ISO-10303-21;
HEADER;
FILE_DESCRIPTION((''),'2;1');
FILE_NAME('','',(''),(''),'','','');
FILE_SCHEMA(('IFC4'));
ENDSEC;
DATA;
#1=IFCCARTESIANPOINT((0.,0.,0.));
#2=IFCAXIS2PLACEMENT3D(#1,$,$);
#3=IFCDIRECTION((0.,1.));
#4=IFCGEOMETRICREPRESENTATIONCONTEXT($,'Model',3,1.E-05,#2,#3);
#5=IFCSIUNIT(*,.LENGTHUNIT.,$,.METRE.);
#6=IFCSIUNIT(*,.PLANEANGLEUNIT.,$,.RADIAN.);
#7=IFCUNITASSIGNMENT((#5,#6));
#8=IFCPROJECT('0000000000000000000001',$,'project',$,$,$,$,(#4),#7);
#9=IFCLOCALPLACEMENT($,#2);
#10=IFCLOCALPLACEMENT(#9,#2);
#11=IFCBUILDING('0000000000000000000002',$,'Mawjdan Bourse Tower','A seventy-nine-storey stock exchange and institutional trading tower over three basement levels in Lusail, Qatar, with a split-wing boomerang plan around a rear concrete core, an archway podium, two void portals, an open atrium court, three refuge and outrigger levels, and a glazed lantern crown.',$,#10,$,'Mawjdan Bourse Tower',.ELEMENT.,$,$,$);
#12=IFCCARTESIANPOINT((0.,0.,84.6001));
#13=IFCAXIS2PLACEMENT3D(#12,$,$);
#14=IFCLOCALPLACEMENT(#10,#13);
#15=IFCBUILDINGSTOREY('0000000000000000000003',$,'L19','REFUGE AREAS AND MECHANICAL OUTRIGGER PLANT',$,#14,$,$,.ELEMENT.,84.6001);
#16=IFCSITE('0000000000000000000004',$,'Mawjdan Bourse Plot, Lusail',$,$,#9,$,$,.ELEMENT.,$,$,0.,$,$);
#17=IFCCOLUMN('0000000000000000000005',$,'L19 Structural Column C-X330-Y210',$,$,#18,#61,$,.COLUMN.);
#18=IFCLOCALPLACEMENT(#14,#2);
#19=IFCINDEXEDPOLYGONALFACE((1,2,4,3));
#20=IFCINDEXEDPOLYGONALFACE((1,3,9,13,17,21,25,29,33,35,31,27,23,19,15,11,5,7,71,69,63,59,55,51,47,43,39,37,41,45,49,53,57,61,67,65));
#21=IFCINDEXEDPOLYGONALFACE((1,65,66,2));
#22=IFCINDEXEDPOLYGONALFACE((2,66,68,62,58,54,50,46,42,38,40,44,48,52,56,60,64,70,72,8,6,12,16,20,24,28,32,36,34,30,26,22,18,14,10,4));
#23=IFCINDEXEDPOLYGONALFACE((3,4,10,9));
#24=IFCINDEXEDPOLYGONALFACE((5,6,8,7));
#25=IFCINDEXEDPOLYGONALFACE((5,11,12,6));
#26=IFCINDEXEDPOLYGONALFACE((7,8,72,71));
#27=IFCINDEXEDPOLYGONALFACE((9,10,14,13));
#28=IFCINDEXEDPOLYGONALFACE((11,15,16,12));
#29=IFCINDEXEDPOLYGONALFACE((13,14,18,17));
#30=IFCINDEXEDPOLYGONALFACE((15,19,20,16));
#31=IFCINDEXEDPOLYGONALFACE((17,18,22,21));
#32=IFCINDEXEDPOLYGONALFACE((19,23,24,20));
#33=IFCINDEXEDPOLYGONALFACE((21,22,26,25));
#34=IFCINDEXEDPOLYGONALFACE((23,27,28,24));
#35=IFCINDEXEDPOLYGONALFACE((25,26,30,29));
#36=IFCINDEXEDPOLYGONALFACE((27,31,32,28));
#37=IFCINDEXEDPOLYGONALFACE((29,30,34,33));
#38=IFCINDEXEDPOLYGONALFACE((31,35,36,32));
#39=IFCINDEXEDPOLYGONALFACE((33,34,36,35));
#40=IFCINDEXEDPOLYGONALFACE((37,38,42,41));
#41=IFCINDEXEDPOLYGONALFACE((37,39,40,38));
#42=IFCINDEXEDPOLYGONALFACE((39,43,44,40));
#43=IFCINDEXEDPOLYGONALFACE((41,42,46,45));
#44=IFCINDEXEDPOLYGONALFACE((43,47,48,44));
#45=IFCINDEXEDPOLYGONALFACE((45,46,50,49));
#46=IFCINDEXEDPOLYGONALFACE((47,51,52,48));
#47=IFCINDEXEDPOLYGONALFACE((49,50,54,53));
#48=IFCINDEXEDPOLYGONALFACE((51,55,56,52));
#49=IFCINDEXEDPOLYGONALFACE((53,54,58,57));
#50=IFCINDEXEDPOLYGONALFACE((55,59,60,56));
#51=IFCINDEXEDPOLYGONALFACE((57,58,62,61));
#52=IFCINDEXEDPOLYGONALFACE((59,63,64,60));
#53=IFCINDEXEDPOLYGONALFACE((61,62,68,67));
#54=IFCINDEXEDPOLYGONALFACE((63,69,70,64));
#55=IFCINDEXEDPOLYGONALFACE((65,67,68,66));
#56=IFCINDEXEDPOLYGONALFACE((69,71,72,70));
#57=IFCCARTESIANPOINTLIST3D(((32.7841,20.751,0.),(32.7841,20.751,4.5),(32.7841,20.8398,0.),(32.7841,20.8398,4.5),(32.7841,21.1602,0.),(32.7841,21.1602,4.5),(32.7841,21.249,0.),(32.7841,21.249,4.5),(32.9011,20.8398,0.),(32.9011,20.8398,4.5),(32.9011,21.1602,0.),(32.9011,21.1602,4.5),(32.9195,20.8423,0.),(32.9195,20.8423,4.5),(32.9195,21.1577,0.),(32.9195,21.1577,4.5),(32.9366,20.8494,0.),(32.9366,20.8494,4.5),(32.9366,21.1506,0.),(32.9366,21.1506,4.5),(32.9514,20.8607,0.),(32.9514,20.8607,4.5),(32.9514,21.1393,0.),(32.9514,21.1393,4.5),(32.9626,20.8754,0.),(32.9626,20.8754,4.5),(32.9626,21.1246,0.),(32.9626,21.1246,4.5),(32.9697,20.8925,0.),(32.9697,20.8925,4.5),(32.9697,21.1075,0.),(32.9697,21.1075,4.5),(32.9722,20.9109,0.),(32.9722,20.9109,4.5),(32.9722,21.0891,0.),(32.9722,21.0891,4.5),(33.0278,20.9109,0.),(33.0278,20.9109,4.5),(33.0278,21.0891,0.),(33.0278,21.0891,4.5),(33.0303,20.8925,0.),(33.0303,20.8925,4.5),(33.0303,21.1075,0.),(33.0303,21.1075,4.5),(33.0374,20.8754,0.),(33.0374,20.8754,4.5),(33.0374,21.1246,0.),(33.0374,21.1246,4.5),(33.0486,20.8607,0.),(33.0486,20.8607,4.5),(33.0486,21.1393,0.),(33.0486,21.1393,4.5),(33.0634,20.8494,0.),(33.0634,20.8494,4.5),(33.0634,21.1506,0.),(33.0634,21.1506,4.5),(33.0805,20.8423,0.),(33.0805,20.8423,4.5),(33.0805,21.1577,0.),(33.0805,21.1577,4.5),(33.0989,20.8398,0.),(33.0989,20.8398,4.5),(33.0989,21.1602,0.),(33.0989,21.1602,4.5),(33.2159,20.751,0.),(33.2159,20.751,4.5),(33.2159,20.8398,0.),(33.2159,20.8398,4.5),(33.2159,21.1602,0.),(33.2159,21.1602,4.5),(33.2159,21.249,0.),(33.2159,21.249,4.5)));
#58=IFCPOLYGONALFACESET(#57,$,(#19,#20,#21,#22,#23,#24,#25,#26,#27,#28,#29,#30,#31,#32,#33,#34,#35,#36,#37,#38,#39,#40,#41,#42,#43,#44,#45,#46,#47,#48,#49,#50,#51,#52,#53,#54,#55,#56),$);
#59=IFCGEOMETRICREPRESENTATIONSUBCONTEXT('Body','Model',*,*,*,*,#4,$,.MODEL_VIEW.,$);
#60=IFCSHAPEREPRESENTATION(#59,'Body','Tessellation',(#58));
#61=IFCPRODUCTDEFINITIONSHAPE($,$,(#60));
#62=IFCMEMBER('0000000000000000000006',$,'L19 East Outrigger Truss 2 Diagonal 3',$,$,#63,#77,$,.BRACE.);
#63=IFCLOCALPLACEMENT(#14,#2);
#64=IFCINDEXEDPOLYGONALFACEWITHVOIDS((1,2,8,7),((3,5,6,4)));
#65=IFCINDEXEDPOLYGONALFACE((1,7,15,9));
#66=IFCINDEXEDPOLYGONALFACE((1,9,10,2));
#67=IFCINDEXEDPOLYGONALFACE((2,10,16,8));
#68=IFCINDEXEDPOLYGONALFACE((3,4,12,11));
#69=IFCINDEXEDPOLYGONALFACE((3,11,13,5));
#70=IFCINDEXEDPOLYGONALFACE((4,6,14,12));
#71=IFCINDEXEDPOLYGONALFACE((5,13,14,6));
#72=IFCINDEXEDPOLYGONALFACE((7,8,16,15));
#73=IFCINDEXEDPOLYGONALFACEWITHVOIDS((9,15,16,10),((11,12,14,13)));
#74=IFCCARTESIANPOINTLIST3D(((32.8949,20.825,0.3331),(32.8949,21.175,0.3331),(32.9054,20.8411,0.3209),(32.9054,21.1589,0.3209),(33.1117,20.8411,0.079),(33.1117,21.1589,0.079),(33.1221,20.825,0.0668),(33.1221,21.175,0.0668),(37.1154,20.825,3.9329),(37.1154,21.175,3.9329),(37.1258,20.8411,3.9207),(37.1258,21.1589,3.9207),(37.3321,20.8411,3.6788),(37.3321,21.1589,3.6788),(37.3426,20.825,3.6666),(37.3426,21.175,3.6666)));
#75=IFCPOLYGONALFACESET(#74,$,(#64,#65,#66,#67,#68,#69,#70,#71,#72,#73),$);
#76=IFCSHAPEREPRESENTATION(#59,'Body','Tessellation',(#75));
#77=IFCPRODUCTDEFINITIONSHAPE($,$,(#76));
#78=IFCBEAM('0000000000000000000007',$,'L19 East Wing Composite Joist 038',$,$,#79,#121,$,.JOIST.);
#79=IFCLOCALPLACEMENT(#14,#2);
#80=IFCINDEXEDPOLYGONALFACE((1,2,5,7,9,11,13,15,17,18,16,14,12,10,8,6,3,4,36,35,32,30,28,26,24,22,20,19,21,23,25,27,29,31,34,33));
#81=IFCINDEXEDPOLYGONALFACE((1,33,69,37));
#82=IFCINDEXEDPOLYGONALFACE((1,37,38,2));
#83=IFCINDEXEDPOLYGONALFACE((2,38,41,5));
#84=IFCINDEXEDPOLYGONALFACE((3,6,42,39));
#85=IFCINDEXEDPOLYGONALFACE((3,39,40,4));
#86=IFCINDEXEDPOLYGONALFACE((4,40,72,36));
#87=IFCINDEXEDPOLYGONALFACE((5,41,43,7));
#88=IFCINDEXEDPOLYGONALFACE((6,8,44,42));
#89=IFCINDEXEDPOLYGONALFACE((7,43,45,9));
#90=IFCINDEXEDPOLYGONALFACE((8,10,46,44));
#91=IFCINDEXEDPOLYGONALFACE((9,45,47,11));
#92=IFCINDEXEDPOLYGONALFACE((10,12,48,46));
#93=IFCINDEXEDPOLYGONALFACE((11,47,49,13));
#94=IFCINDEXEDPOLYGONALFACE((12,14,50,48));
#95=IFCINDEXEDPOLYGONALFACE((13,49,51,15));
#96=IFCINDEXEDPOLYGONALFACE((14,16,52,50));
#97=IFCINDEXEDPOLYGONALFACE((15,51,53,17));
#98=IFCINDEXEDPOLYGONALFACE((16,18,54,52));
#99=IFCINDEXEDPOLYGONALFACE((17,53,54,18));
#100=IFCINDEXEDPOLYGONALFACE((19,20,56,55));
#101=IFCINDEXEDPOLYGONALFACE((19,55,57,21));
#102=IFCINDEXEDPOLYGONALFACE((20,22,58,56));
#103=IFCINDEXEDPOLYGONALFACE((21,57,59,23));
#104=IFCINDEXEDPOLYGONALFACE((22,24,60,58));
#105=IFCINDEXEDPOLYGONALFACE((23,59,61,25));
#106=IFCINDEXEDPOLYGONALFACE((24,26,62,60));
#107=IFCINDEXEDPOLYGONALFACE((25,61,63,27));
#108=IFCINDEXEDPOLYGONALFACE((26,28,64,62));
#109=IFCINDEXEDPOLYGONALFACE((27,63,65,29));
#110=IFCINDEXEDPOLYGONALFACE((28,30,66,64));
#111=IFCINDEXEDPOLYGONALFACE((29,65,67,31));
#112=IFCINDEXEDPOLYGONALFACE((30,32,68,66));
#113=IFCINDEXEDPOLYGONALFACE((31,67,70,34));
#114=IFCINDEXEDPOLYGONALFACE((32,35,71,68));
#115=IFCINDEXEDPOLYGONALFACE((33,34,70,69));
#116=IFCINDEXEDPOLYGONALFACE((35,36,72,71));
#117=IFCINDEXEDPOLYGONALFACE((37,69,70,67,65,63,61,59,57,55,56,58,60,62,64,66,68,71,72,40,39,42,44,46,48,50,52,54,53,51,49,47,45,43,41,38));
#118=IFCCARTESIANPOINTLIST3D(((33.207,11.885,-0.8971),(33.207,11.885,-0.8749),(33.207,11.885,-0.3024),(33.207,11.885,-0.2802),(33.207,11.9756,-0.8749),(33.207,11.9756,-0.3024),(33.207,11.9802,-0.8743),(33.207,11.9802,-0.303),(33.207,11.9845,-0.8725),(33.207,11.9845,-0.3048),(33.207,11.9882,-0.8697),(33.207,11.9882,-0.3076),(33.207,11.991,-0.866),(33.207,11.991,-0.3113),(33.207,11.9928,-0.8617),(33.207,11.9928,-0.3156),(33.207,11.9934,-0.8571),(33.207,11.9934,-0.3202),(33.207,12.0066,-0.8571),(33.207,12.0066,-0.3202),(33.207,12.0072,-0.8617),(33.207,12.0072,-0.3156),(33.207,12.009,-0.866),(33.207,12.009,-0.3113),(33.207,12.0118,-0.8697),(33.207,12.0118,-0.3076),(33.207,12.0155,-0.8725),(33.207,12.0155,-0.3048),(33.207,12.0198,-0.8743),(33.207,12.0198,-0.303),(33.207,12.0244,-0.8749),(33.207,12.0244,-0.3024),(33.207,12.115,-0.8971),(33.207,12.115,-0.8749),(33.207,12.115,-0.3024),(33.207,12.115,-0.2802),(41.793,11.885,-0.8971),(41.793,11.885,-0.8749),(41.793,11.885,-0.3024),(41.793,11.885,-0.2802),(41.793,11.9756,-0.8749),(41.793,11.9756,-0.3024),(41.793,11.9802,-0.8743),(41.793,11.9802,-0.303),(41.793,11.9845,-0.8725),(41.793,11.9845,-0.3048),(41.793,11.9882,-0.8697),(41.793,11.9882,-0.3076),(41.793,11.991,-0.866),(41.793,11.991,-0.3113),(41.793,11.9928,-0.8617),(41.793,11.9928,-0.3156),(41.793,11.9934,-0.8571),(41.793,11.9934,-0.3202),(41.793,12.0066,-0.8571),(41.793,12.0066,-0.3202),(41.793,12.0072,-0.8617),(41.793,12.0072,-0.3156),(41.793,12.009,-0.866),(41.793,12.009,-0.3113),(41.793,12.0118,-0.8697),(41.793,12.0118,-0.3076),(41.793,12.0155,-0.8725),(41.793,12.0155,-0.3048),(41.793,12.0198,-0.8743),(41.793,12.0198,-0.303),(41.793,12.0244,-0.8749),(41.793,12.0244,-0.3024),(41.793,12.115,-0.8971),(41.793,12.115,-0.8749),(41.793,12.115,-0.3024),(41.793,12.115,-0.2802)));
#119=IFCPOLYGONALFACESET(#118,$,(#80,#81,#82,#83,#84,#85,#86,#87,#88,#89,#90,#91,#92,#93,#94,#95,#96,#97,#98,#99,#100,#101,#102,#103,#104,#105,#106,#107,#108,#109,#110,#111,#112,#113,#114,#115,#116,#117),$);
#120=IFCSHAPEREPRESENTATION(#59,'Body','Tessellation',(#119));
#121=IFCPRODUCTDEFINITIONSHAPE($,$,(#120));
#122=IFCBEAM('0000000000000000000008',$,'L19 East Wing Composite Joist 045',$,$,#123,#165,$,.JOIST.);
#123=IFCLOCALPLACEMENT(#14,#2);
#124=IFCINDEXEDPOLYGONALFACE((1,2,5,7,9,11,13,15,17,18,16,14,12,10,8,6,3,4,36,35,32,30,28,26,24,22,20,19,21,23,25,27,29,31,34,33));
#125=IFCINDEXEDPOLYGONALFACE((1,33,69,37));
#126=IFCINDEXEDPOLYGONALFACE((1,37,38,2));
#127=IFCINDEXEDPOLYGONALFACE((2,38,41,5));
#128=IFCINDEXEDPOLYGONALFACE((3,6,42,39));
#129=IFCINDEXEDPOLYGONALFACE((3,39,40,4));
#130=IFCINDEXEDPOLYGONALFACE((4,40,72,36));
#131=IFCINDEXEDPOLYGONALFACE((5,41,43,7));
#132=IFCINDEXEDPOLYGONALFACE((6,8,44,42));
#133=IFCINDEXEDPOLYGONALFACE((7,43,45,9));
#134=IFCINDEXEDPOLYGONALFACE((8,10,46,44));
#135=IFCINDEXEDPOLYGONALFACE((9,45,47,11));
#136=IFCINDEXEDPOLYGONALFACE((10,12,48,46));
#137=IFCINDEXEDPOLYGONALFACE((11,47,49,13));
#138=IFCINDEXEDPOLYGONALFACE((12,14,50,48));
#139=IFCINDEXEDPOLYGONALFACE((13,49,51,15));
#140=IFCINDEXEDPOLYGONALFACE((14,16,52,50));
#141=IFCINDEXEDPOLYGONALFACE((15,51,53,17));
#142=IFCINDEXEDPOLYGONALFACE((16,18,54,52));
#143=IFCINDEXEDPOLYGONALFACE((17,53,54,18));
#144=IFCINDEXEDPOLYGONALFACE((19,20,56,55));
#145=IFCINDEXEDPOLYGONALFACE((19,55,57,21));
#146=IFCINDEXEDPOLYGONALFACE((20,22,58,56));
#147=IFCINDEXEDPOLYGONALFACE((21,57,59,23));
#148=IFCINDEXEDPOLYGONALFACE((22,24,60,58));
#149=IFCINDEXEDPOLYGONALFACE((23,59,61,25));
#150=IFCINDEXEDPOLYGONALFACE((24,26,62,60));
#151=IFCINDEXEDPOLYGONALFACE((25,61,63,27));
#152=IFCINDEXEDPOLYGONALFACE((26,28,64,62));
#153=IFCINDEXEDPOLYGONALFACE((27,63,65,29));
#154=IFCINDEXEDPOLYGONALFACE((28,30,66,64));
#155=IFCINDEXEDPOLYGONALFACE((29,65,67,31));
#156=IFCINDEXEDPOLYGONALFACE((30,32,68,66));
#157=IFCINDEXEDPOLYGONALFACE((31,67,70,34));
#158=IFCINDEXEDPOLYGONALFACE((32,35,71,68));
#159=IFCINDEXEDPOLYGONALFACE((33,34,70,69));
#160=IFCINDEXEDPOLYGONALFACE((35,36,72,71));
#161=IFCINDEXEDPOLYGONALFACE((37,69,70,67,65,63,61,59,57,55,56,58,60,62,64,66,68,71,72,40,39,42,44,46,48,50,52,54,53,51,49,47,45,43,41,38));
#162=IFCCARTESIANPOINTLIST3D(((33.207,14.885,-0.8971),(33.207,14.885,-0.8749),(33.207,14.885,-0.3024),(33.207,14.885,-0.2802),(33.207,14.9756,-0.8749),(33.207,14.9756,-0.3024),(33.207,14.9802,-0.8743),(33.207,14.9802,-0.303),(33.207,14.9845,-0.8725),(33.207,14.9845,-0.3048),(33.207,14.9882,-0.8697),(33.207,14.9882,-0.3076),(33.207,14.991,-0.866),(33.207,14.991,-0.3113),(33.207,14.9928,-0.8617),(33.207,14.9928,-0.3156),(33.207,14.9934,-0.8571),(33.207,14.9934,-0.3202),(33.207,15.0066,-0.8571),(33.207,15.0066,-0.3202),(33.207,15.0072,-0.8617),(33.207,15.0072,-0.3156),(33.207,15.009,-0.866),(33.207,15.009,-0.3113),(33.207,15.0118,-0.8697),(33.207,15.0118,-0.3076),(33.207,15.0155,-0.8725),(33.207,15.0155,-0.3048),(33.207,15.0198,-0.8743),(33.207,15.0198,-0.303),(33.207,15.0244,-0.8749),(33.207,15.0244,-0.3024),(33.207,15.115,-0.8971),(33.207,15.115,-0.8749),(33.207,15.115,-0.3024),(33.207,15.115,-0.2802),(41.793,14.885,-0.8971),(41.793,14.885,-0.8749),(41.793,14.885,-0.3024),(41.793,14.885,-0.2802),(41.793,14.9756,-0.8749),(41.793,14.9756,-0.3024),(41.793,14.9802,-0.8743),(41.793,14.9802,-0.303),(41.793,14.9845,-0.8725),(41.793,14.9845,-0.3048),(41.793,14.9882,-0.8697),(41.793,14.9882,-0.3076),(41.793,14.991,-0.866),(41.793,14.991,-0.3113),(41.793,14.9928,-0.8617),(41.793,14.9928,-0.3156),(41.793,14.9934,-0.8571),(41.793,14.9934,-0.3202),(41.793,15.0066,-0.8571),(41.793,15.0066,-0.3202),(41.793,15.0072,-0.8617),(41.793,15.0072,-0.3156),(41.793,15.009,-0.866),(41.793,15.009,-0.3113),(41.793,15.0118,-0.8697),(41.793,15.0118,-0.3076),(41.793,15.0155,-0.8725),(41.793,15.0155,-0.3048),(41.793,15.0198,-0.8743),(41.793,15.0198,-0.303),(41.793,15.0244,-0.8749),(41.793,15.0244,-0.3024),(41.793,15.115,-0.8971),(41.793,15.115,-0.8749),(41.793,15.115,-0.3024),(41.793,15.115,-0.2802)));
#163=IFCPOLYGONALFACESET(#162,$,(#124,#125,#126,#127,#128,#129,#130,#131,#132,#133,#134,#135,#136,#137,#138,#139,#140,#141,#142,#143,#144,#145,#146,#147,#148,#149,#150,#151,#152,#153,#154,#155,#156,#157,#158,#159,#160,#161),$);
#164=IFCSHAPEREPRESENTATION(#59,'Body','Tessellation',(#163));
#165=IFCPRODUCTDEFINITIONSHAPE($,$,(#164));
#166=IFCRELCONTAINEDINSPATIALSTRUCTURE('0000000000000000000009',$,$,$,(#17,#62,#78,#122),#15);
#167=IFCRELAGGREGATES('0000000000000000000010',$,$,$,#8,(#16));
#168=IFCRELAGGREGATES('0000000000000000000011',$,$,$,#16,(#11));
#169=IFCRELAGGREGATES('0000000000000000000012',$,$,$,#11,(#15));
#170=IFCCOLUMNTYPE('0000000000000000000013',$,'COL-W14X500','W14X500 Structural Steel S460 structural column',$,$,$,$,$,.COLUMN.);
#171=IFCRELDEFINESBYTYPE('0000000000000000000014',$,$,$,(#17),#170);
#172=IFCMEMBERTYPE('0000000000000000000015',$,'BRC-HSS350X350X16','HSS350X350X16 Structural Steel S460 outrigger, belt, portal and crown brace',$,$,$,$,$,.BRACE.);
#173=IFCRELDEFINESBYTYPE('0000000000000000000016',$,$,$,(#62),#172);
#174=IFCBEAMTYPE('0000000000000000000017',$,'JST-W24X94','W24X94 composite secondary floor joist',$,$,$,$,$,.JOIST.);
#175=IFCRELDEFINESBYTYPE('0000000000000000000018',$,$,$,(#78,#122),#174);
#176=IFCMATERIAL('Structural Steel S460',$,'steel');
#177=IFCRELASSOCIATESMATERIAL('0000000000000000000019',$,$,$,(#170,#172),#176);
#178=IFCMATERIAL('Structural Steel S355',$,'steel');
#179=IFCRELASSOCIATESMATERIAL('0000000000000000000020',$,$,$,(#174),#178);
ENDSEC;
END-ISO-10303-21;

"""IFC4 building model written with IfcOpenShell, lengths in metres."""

from ifc_helpers import new_model, si_unit, direction, frame, origin, origin_2d, place, context, subcontext, project, spatial, hollow_rectangle, i_section, extrude, material, material_profile, profile_set, type_object, element, save


model = new_model("IFC4")

# Units and contexts
model_context = context("Model", 3, precision=1e-05, world=origin(), true_north=direction((0.0, 1.0)))
body_context = subcontext(model_context, "Body", "Model", "MODEL_VIEW")
ifc_project = project(units=[si_unit("LENGTHUNIT", "METRE"), si_unit("PLANEANGLEUNIT", "RADIAN")], contexts=[model_context])

# Site, building, storey
site_placement = place(None, origin())
site = spatial("IfcSite", under=ifc_project, at=site_placement, Name="Mawjdan Bourse Plot, Lusail", CompositionType="ELEMENT", RefElevation=0.0)
building_placement = place(site_placement, origin())
building = spatial("IfcBuilding", under=site, at=building_placement, Name="Mawjdan Bourse Tower", Description="A seventy-nine-storey stock exchange and institutional trading tower over three basement levels in Lusail, Qatar, with a split-wing boomerang plan around a rear concrete core, an archway podium, two void portals, an open atrium court, three refuge and outrigger levels, and a glazed lantern crown.", LongName="Mawjdan Bourse Tower", CompositionType="ELEMENT")
storey_placement = place(building_placement, frame((0.0, 0.0, 84.6001)))
storey = spatial("IfcBuildingStorey", under=building, at=storey_placement, Name="L19", Description="REFUGE AREAS AND MECHANICAL OUTRIGGER PLANT", CompositionType="ELEMENT", Elevation=84.6001)

# Column
ifc_material_1 = material(Name="Structural Steel S460", Category="steel")
ifc_material_profile_1 = material_profile(ifc_material_1, i_section(OverallWidth=0.4319, OverallDepth=0.498, WebThickness=0.0557, FlangeThickness=0.0889, FilletRadius=0.071, at=origin_2d()), Name="W14X500")
ifc_profile_set_1 = profile_set([ifc_material_profile_1], Name="Structural Steel S460")
column_type = type_object("IfcColumnType", Name="COL-W14X500", Description="W14X500 Structural Steel S460 structural column", PredefinedType="COLUMN", material=ifc_profile_set_1)
column_placement = place(storey_placement, frame((33.0, 21.0, 0.0), z_axis=(0.0, 0.0, 1.0), x_axis=(1.0, 0.0, 0.0)))
element("IfcColumn", 1, at=column_placement, inside=storey, type_object=column_type, Name="L19 Structural Column C-X330-Y210", PredefinedType="COLUMN", context=body_context, shape_type="SweptSolid", body=[
    extrude(i_section(OverallWidth=0.4319, OverallDepth=0.498, WebThickness=0.0557, FlangeThickness=0.0889, FilletRadius=0.071, at=origin_2d()), origin(), (0.0, 0.0, 1.0), 4.5),
])

# Member
ifc_material_profile_2 = material_profile(ifc_material_1, hollow_rectangle(XDim=0.3501, YDim=0.3501, WallThickness=0.0161, at=origin_2d()), Name="HSS350X350X16")
ifc_profile_set_2 = profile_set([ifc_material_profile_2], Name="Structural Steel S460")
member_type_1 = type_object("IfcMemberType", Name="BRC-HSS350X350X16", Description="HSS350X350X16 Structural Steel S460 outrigger, belt, portal and crown brace", PredefinedType="BRACE", material=ifc_profile_set_2)
member_1_placement = place(storey_placement, frame((33.0085, 21.0, 0.2), z_axis=(0.760829, 0.0, 0.648952), x_axis=(0.0, 1.0, 0.0)))
element("IfcMember", 2, at=member_1_placement, inside=storey, type_object=member_type_1, Name="L19 East Outrigger Truss 2 Diagonal 3", PredefinedType="BRACE", context=body_context, shape_type="SweptSolid", body=[
    extrude(hollow_rectangle(XDim=0.3501, YDim=0.3501, WallThickness=0.0161, at=origin_2d()), origin(), (0.0, 0.0, 1.0), 5.5471),
])

# Beams
ifc_material_2 = material(Name="Structural Steel S355", Category="steel")
ifc_material_profile_3 = material_profile(ifc_material_2, i_section(OverallWidth=0.23, OverallDepth=0.6169, WebThickness=0.0132, FlangeThickness=0.0222, FilletRadius=0.0178, at=origin_2d()), Name="W24X94")
ifc_profile_set_3 = profile_set([ifc_material_profile_3], Name="Structural Steel S355")
beam_type_1 = type_object("IfcBeamType", Name="JST-W24X94", Description="W24X94 composite secondary floor joist", PredefinedType="JOIST", material=ifc_profile_set_3)
for number, where, z_axis, x_axis, name in (
    (3, (33.207, 12.0, -0.5886), (1.0, 0.0, 0.0), (0.0, 1.0, 0.0), "L19 East Wing Composite Joist 038"),
    (4, (33.207, 15.0, -0.5886), (1.0, 0.0, 0.0), (0.0, 1.0, 0.0), "L19 East Wing Composite Joist 045"),
):
    element("IfcBeam", number, at=place(storey_placement, frame(where, z_axis=z_axis, x_axis=x_axis)), inside=storey, type_object=beam_type_1, Name=name, PredefinedType="JOIST", context=body_context, shape_type="SweptSolid", body=[
        extrude(i_section(OverallWidth=0.23, OverallDepth=0.6169, WebThickness=0.0132, FlangeThickness=0.0222, FilletRadius=0.0178, at=origin_2d()), origin(), (0.0, 0.0, 1.0), 8.5859),
    ])

save(model, "model.ifc")
